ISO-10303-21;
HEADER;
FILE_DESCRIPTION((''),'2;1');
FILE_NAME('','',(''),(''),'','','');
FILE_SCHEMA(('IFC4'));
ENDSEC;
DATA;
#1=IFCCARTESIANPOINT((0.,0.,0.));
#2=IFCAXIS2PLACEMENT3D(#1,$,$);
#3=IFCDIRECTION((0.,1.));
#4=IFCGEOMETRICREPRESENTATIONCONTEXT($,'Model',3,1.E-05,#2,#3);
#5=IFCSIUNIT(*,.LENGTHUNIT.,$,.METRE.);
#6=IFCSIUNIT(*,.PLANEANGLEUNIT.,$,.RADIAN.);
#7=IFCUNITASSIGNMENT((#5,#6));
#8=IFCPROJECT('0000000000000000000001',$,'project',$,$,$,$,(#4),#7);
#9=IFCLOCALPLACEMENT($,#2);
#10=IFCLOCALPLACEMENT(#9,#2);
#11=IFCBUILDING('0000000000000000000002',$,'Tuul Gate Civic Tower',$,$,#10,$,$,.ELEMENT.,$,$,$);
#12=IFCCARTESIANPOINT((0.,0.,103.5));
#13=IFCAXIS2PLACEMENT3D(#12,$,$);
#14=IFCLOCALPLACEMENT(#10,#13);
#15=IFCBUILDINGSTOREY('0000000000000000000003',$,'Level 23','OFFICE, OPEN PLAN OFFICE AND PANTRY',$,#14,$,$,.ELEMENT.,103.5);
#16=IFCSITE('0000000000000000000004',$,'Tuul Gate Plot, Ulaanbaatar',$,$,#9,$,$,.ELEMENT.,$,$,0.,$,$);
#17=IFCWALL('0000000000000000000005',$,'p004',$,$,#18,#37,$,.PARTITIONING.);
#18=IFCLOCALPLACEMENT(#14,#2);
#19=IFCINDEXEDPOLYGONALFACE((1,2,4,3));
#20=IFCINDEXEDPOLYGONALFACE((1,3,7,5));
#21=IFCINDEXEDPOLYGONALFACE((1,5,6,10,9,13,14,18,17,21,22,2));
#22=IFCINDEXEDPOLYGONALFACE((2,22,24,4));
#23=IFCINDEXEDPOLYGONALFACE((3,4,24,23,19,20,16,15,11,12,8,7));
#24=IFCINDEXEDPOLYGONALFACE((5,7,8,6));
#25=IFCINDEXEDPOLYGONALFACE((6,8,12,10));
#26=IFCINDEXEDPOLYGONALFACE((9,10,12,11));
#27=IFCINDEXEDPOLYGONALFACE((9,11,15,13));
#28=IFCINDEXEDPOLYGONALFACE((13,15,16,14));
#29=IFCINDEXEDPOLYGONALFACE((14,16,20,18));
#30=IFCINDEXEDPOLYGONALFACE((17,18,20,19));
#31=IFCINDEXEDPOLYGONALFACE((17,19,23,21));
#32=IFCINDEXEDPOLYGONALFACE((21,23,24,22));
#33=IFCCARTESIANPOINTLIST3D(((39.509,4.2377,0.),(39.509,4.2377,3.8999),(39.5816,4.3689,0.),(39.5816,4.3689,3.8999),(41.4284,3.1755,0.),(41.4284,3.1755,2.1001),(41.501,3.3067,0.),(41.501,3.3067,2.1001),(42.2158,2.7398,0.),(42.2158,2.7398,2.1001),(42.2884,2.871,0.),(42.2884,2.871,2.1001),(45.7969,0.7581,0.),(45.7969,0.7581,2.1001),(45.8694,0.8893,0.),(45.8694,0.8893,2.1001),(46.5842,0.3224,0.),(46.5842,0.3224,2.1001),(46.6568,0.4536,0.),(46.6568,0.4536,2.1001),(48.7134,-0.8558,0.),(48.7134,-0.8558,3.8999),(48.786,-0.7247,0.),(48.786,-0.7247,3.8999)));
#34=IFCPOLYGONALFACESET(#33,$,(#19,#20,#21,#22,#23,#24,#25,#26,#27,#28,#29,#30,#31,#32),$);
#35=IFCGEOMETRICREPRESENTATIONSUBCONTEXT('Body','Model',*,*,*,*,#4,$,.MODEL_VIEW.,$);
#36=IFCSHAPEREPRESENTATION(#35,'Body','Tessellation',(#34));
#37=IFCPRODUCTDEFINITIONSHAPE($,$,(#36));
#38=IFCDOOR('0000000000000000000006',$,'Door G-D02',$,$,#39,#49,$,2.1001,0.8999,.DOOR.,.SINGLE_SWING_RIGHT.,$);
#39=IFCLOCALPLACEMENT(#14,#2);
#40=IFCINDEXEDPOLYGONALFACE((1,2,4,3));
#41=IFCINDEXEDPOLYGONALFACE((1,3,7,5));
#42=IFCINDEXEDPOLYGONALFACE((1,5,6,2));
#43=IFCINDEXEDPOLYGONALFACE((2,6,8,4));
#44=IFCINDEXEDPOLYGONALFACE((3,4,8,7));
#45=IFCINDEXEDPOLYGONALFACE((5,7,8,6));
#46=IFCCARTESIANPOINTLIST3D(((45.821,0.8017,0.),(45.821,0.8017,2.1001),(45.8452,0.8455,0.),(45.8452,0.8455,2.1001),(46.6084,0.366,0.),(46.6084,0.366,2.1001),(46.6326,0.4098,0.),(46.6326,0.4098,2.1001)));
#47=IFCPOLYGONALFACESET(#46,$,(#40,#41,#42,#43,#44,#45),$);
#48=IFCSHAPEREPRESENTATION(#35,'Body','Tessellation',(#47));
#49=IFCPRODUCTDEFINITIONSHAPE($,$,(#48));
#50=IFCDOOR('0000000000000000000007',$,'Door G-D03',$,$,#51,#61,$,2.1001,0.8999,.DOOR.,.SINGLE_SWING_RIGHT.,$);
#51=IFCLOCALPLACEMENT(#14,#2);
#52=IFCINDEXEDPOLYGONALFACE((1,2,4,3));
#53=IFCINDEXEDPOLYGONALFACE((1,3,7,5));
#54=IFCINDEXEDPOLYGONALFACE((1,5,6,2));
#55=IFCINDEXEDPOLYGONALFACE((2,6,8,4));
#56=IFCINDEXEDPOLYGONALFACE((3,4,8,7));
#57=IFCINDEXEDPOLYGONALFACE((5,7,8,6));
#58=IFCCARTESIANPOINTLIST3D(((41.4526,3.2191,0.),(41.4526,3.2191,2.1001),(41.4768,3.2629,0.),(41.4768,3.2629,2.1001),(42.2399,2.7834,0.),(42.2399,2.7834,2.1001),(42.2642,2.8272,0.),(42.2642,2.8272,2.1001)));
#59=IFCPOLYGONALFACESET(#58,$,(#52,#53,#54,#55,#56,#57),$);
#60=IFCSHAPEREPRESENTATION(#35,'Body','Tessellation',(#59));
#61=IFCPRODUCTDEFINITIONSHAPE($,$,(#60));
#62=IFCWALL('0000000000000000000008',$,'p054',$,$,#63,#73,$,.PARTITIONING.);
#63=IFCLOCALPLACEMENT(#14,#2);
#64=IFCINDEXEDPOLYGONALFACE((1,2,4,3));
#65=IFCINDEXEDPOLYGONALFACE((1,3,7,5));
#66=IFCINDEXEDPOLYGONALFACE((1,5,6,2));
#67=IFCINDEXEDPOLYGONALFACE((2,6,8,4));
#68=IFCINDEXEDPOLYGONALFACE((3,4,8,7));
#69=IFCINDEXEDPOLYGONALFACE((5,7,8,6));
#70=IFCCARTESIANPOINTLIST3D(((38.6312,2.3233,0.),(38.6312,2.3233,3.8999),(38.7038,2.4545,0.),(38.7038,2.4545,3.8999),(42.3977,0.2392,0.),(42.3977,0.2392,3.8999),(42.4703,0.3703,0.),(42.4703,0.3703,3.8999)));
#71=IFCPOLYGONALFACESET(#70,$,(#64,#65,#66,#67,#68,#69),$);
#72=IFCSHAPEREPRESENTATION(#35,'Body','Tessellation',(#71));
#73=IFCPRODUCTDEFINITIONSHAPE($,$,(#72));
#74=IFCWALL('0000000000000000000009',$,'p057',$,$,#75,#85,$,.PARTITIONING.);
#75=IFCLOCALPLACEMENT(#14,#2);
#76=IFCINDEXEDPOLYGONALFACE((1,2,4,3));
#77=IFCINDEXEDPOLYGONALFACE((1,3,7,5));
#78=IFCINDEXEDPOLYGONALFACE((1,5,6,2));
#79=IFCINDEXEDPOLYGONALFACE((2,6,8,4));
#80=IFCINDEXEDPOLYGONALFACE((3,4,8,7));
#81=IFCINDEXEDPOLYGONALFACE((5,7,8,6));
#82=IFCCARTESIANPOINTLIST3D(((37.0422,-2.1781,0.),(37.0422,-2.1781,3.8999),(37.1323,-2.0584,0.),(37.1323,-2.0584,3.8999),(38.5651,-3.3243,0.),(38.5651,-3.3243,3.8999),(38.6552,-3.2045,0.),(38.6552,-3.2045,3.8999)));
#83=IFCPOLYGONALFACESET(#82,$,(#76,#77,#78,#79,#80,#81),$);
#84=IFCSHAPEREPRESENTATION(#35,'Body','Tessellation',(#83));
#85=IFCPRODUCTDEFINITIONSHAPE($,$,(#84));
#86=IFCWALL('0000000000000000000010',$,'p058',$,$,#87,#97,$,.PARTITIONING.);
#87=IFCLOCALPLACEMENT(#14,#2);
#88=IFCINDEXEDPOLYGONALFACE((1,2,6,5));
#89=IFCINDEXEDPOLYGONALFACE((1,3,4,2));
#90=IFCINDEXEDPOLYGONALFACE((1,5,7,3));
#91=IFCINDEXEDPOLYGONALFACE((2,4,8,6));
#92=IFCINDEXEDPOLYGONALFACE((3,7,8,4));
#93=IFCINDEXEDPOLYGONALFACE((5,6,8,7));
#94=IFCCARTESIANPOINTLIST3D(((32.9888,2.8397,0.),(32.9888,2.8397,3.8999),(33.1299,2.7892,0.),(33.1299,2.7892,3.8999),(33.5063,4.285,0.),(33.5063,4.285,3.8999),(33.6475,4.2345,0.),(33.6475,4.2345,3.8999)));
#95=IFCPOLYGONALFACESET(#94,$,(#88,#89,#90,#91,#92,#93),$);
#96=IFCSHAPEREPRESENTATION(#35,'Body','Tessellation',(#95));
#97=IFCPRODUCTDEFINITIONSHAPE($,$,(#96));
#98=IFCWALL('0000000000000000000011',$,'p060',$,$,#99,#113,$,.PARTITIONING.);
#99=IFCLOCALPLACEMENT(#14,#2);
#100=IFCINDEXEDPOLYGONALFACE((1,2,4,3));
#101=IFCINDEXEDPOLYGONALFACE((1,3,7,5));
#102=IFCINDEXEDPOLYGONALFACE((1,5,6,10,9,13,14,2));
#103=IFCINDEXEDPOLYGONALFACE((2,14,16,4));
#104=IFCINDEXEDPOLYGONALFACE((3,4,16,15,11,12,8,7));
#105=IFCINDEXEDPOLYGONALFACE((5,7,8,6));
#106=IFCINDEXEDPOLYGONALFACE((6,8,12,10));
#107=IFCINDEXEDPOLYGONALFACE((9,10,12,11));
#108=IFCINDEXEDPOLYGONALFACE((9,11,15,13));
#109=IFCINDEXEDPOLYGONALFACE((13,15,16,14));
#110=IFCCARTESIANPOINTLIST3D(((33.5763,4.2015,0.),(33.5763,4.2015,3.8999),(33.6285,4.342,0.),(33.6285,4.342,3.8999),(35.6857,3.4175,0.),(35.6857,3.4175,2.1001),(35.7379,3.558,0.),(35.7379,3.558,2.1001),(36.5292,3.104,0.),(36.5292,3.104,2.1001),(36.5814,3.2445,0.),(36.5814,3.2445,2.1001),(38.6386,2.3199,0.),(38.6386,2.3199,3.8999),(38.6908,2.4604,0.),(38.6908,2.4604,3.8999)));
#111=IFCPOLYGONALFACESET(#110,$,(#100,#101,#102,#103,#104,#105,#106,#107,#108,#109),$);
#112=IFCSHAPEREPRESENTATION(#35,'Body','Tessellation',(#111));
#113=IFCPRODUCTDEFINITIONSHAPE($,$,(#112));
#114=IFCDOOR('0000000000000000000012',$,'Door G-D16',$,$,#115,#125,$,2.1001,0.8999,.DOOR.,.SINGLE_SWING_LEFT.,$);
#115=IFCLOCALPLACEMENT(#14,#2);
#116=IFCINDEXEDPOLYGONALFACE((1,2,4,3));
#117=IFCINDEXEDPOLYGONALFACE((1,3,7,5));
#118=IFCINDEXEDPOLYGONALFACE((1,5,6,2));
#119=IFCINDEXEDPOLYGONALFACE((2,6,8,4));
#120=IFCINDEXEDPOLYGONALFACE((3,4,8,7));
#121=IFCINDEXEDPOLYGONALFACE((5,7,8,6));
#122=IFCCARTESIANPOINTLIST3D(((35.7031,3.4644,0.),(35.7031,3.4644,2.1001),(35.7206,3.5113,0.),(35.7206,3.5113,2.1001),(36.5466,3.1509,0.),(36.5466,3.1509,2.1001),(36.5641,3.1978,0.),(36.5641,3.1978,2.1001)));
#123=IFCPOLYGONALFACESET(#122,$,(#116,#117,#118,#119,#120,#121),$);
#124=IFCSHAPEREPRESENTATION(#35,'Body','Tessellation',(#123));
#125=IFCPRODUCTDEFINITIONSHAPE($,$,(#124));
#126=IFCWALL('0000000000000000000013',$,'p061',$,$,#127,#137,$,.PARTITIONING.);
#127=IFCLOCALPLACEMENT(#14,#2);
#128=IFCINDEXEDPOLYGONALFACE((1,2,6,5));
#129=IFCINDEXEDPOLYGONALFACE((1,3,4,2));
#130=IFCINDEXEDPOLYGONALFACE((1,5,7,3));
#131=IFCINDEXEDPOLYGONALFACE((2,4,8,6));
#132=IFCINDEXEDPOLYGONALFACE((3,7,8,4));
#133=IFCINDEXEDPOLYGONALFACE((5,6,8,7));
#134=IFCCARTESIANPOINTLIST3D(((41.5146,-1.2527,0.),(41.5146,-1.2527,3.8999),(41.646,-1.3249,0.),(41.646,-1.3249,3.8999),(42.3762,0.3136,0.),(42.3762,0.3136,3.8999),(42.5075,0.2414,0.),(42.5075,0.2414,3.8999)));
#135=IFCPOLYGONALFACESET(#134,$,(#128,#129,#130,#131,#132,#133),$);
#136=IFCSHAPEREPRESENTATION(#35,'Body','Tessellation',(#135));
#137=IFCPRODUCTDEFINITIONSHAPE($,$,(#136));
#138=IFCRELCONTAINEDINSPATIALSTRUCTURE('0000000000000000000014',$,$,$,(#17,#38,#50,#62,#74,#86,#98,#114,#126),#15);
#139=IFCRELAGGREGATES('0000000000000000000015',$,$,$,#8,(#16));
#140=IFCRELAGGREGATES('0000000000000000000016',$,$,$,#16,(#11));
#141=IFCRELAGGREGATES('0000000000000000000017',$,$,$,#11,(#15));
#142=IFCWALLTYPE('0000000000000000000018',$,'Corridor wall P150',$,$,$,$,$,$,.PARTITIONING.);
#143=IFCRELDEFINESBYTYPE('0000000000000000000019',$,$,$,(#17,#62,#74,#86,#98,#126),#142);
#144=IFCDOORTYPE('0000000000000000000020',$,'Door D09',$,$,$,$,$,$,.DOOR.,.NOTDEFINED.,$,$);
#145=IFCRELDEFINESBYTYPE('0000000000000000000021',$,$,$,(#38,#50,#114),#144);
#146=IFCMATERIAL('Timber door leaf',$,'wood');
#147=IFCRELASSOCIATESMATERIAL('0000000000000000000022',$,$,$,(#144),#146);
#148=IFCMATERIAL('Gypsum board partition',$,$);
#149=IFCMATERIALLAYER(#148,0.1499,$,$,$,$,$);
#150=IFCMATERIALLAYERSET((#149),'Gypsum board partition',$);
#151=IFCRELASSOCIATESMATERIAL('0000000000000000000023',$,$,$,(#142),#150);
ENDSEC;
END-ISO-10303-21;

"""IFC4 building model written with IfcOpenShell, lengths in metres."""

from ifc_helpers import new_model, si_unit, direction, frame, frame_2d, origin, place, context, subcontext, project, spatial, rectangle, extrude, material, layer, layer_set, type_object, element, fill, save


model = new_model("IFC4")

# Units and contexts
model_context = context("Model", 3, precision=1e-05, world=origin(), true_north=direction((0.0, 1.0)))
body_context = subcontext(model_context, "Body", "Model", "MODEL_VIEW")
ifc_project = project(units=[si_unit("LENGTHUNIT", "METRE"), si_unit("PLANEANGLEUNIT", "RADIAN")], contexts=[model_context])

# Site, building, storey
site_placement = place(None, origin())
site = spatial("IfcSite", under=ifc_project, at=site_placement, Name="Tuul Gate Plot, Ulaanbaatar", CompositionType="ELEMENT", RefElevation=0.0)
building_placement = place(site_placement, origin())
building = spatial("IfcBuilding", under=site, at=building_placement, Name="Tuul Gate Civic Tower", CompositionType="ELEMENT")
storey_placement = place(building_placement, frame((0.0, 0.0, 103.5)))
storey = spatial("IfcBuildingStorey", under=building, at=storey_placement, Name="Level 23", Description="OFFICE, OPEN PLAN OFFICE AND PANTRY", CompositionType="ELEMENT", Elevation=103.5)

# Shared definitions
ifc_material_1 = material(Name="Timber door leaf", Category="wood")
door_type_1 = type_object("IfcDoorType", Name="Door D09", OperationType="NOTDEFINED", PredefinedType="DOOR", material=ifc_material_1)

# Wall, openings, doors
ifc_material_2 = material(Name="Gypsum board partition")
ifc_layer_1 = layer(ifc_material_2, 0.1499)
ifc_layer_set_1 = layer_set([ifc_layer_1], Name="Gypsum board partition")
wall_type_1 = type_object("IfcWallType", Name="Corridor wall P150", PredefinedType="PARTITIONING", material=ifc_layer_set_1)
wall_1_placement = place(storey_placement, frame((39.5454, 4.3032, 0.0), z_axis=(0.0, 0.0, 1.0), x_axis=(0.874964, -0.484188, 0.0)))
wall_1 = element("IfcWall", 1, at=wall_1_placement, inside=storey, type_object=wall_type_1, Name="p004", PredefinedType="PARTITIONING", context=body_context, shape_type="SweptSolid", body=[
    extrude(rectangle(XDim=10.5198, YDim=0.1499, at=frame_2d((5.2598, 0.0))), origin(), (0.0, 0.0, 1.0), 3.8999),
])
opening_1_placement = place(wall_1_placement, frame((7.1863, 0.0, 0.0)))
opening_1 = element("IfcOpeningElement", 2, at=opening_1_placement, cuts=wall_1, PredefinedType="OPENING", context=body_context, shape_type="SweptSolid", body=[
    extrude(rectangle(XDim=0.8999, YDim=2.1001, at=frame_2d((0.45, 1.05))), frame((0.0, 0.085, 0.0), z_axis=(0.0, -1.0, 0.0), x_axis=(1.0, 0.0, 0.0)), (0.0, 0.0, 1.0), 0.1699),
])
opening_2_placement = place(wall_1_placement, frame((2.1936, 0.0, 0.0)))
opening_2 = element("IfcOpeningElement", 3, at=opening_2_placement, cuts=wall_1, PredefinedType="OPENING", context=body_context, shape_type="SweptSolid", body=[
    extrude(rectangle(XDim=0.8999, YDim=2.1001, at=frame_2d((0.45, 1.05))), frame((0.0, 0.085, 0.0), z_axis=(0.0, -1.0, 0.0), x_axis=(1.0, 0.0, 0.0)), (0.0, 0.0, 1.0), 0.1699),
])
door_1_placement = place(opening_1_placement, origin())
door_1 = element("IfcDoor", 4, at=door_1_placement, inside=storey, type_object=door_type_1, Name="Door G-D02", OperationType="SINGLE_SWING_RIGHT", OverallHeight=2.1001, OverallWidth=0.8999, PredefinedType="DOOR", context=body_context, shape_type="SweptSolid", body=[
    extrude(rectangle(XDim=0.8999, YDim=2.1001, at=frame_2d((0.45, 1.05))), frame((0.0, 0.0249, 0.0), z_axis=(0.0, -1.0, 0.0), x_axis=(1.0, 0.0, 0.0)), (0.0, 0.0, 1.0), 0.05),
])
fill(opening_1, door_1)
door_2_placement = place(opening_2_placement, origin())
door_2 = element("IfcDoor", 5, at=door_2_placement, inside=storey, type_object=door_type_1, Name="Door G-D03", OperationType="SINGLE_SWING_RIGHT", OverallHeight=2.1001, OverallWidth=0.8999, PredefinedType="DOOR", context=body_context, shape_type="SweptSolid", body=[
    extrude(rectangle(XDim=0.8999, YDim=2.1001, at=frame_2d((0.45, 1.05))), frame((0.0, 0.0249, 0.0), z_axis=(0.0, -1.0, 0.0), x_axis=(1.0, 0.0, 0.0)), (0.0, 0.0, 1.0), 0.05),
])
fill(opening_2, door_2)

# Walls
wall_2_placement = place(storey_placement, frame((38.6675, 2.3889, 0.0), z_axis=(0.0, 0.0, 1.0), x_axis=(0.874977, -0.484164, 0.0)))
element("IfcWall", 6, at=wall_2_placement, inside=storey, type_object=wall_type_1, Name="p054", PredefinedType="PARTITIONING", context=body_context, shape_type="SweptSolid", body=[
    extrude(rectangle(XDim=4.3047, YDim=0.1499, at=frame_2d((2.1523, 0.0))), origin(), (0.0, 0.0, 1.0), 3.8999),
])
wall_3_placement = place(storey_placement, frame((37.0872, -2.1182, 0.0), z_axis=(0.0, 0.0, 1.0), x_axis=(0.798984, -0.601352, 0.0)))
element("IfcWall", 7, at=wall_3_placement, inside=storey, type_object=wall_type_1, Name="p057", PredefinedType="PARTITIONING", context=body_context, shape_type="SweptSolid", body=[
    extrude(rectangle(XDim=1.906, YDim=0.1499, at=frame_2d((0.9531, 0.0))), origin(), (0.0, 0.0, 1.0), 3.8999),
])
wall_4_placement = place(storey_placement, frame((33.0593, 2.8145, 0.0), z_axis=(0.0, 0.0, 1.0), x_axis=(0.337142, 0.941454, 0.0)))
element("IfcWall", 8, at=wall_4_placement, inside=storey, type_object=wall_type_1, Name="p058", PredefinedType="PARTITIONING", context=body_context, shape_type="SweptSolid", body=[
    extrude(rectangle(XDim=1.5352, YDim=0.1499, at=frame_2d((0.7676, 0.0))), origin(), (0.0, 0.0, 1.0), 3.8999),
])

# Wall, opening, door
wall_5_placement = place(storey_placement, frame((33.6025, 4.2717, 0.0), z_axis=(0.0, 0.0, 1.0), x_axis=(0.937345, -0.348402, 0.0)))
wall_5 = element("IfcWall", 9, at=wall_5_placement, inside=storey, type_object=wall_type_1, Name="p060", PredefinedType="PARTITIONING", context=body_context, shape_type="SweptSolid", body=[
    extrude(rectangle(XDim=5.4006, YDim=0.1499, at=frame_2d((2.7002, 0.0))), origin(), (0.0, 0.0, 1.0), 3.8999),
])
opening_3_placement = place(wall_5_placement, frame((2.2502, 0.0, 0.0)))
opening_3 = element("IfcOpeningElement", 10, at=opening_3_placement, cuts=wall_5, PredefinedType="OPENING", context=body_context, shape_type="SweptSolid", body=[
    extrude(rectangle(XDim=0.8999, YDim=2.1001, at=frame_2d((0.45, 1.05))), frame((0.0, 0.085, 0.0), z_axis=(0.0, -1.0, 0.0), x_axis=(1.0, 0.0, 0.0)), (0.0, 0.0, 1.0), 0.1699),
])
door_3_placement = place(opening_3_placement, frame((0.8999, 0.0, 0.0), z_axis=(0.0, 0.0, 1.0), x_axis=(-1.0, 0.0, 0.0)))
door_3 = element("IfcDoor", 11, at=door_3_placement, inside=storey, type_object=door_type_1, Name="Door G-D16", OperationType="SINGLE_SWING_LEFT", OverallHeight=2.1001, OverallWidth=0.8999, PredefinedType="DOOR", context=body_context, shape_type="SweptSolid", body=[
    extrude(rectangle(XDim=0.8999, YDim=2.1001, at=frame_2d((0.45, 1.05))), frame((0.0, 0.0249, 0.0), z_axis=(0.0, -1.0, 0.0), x_axis=(1.0, 0.0, 0.0)), (0.0, 0.0, 1.0), 0.05),
])
fill(opening_3, door_3)

# Wall
wall_6_placement = place(storey_placement, frame((41.5803, -1.2888, 0.0), z_axis=(0.0, 0.0, 1.0), x_axis=(0.48194, 0.876204, 0.0)))
element("IfcWall", 12, at=wall_6_placement, inside=storey, type_object=wall_type_1, Name="p061", PredefinedType="PARTITIONING", context=body_context, shape_type="SweptSolid", body=[
    extrude(rectangle(XDim=1.7876, YDim=0.1499, at=frame_2d((0.8938, 0.0))), origin(), (0.0, 0.0, 1.0), 3.8999),
])

save(model, "model.ifc")
